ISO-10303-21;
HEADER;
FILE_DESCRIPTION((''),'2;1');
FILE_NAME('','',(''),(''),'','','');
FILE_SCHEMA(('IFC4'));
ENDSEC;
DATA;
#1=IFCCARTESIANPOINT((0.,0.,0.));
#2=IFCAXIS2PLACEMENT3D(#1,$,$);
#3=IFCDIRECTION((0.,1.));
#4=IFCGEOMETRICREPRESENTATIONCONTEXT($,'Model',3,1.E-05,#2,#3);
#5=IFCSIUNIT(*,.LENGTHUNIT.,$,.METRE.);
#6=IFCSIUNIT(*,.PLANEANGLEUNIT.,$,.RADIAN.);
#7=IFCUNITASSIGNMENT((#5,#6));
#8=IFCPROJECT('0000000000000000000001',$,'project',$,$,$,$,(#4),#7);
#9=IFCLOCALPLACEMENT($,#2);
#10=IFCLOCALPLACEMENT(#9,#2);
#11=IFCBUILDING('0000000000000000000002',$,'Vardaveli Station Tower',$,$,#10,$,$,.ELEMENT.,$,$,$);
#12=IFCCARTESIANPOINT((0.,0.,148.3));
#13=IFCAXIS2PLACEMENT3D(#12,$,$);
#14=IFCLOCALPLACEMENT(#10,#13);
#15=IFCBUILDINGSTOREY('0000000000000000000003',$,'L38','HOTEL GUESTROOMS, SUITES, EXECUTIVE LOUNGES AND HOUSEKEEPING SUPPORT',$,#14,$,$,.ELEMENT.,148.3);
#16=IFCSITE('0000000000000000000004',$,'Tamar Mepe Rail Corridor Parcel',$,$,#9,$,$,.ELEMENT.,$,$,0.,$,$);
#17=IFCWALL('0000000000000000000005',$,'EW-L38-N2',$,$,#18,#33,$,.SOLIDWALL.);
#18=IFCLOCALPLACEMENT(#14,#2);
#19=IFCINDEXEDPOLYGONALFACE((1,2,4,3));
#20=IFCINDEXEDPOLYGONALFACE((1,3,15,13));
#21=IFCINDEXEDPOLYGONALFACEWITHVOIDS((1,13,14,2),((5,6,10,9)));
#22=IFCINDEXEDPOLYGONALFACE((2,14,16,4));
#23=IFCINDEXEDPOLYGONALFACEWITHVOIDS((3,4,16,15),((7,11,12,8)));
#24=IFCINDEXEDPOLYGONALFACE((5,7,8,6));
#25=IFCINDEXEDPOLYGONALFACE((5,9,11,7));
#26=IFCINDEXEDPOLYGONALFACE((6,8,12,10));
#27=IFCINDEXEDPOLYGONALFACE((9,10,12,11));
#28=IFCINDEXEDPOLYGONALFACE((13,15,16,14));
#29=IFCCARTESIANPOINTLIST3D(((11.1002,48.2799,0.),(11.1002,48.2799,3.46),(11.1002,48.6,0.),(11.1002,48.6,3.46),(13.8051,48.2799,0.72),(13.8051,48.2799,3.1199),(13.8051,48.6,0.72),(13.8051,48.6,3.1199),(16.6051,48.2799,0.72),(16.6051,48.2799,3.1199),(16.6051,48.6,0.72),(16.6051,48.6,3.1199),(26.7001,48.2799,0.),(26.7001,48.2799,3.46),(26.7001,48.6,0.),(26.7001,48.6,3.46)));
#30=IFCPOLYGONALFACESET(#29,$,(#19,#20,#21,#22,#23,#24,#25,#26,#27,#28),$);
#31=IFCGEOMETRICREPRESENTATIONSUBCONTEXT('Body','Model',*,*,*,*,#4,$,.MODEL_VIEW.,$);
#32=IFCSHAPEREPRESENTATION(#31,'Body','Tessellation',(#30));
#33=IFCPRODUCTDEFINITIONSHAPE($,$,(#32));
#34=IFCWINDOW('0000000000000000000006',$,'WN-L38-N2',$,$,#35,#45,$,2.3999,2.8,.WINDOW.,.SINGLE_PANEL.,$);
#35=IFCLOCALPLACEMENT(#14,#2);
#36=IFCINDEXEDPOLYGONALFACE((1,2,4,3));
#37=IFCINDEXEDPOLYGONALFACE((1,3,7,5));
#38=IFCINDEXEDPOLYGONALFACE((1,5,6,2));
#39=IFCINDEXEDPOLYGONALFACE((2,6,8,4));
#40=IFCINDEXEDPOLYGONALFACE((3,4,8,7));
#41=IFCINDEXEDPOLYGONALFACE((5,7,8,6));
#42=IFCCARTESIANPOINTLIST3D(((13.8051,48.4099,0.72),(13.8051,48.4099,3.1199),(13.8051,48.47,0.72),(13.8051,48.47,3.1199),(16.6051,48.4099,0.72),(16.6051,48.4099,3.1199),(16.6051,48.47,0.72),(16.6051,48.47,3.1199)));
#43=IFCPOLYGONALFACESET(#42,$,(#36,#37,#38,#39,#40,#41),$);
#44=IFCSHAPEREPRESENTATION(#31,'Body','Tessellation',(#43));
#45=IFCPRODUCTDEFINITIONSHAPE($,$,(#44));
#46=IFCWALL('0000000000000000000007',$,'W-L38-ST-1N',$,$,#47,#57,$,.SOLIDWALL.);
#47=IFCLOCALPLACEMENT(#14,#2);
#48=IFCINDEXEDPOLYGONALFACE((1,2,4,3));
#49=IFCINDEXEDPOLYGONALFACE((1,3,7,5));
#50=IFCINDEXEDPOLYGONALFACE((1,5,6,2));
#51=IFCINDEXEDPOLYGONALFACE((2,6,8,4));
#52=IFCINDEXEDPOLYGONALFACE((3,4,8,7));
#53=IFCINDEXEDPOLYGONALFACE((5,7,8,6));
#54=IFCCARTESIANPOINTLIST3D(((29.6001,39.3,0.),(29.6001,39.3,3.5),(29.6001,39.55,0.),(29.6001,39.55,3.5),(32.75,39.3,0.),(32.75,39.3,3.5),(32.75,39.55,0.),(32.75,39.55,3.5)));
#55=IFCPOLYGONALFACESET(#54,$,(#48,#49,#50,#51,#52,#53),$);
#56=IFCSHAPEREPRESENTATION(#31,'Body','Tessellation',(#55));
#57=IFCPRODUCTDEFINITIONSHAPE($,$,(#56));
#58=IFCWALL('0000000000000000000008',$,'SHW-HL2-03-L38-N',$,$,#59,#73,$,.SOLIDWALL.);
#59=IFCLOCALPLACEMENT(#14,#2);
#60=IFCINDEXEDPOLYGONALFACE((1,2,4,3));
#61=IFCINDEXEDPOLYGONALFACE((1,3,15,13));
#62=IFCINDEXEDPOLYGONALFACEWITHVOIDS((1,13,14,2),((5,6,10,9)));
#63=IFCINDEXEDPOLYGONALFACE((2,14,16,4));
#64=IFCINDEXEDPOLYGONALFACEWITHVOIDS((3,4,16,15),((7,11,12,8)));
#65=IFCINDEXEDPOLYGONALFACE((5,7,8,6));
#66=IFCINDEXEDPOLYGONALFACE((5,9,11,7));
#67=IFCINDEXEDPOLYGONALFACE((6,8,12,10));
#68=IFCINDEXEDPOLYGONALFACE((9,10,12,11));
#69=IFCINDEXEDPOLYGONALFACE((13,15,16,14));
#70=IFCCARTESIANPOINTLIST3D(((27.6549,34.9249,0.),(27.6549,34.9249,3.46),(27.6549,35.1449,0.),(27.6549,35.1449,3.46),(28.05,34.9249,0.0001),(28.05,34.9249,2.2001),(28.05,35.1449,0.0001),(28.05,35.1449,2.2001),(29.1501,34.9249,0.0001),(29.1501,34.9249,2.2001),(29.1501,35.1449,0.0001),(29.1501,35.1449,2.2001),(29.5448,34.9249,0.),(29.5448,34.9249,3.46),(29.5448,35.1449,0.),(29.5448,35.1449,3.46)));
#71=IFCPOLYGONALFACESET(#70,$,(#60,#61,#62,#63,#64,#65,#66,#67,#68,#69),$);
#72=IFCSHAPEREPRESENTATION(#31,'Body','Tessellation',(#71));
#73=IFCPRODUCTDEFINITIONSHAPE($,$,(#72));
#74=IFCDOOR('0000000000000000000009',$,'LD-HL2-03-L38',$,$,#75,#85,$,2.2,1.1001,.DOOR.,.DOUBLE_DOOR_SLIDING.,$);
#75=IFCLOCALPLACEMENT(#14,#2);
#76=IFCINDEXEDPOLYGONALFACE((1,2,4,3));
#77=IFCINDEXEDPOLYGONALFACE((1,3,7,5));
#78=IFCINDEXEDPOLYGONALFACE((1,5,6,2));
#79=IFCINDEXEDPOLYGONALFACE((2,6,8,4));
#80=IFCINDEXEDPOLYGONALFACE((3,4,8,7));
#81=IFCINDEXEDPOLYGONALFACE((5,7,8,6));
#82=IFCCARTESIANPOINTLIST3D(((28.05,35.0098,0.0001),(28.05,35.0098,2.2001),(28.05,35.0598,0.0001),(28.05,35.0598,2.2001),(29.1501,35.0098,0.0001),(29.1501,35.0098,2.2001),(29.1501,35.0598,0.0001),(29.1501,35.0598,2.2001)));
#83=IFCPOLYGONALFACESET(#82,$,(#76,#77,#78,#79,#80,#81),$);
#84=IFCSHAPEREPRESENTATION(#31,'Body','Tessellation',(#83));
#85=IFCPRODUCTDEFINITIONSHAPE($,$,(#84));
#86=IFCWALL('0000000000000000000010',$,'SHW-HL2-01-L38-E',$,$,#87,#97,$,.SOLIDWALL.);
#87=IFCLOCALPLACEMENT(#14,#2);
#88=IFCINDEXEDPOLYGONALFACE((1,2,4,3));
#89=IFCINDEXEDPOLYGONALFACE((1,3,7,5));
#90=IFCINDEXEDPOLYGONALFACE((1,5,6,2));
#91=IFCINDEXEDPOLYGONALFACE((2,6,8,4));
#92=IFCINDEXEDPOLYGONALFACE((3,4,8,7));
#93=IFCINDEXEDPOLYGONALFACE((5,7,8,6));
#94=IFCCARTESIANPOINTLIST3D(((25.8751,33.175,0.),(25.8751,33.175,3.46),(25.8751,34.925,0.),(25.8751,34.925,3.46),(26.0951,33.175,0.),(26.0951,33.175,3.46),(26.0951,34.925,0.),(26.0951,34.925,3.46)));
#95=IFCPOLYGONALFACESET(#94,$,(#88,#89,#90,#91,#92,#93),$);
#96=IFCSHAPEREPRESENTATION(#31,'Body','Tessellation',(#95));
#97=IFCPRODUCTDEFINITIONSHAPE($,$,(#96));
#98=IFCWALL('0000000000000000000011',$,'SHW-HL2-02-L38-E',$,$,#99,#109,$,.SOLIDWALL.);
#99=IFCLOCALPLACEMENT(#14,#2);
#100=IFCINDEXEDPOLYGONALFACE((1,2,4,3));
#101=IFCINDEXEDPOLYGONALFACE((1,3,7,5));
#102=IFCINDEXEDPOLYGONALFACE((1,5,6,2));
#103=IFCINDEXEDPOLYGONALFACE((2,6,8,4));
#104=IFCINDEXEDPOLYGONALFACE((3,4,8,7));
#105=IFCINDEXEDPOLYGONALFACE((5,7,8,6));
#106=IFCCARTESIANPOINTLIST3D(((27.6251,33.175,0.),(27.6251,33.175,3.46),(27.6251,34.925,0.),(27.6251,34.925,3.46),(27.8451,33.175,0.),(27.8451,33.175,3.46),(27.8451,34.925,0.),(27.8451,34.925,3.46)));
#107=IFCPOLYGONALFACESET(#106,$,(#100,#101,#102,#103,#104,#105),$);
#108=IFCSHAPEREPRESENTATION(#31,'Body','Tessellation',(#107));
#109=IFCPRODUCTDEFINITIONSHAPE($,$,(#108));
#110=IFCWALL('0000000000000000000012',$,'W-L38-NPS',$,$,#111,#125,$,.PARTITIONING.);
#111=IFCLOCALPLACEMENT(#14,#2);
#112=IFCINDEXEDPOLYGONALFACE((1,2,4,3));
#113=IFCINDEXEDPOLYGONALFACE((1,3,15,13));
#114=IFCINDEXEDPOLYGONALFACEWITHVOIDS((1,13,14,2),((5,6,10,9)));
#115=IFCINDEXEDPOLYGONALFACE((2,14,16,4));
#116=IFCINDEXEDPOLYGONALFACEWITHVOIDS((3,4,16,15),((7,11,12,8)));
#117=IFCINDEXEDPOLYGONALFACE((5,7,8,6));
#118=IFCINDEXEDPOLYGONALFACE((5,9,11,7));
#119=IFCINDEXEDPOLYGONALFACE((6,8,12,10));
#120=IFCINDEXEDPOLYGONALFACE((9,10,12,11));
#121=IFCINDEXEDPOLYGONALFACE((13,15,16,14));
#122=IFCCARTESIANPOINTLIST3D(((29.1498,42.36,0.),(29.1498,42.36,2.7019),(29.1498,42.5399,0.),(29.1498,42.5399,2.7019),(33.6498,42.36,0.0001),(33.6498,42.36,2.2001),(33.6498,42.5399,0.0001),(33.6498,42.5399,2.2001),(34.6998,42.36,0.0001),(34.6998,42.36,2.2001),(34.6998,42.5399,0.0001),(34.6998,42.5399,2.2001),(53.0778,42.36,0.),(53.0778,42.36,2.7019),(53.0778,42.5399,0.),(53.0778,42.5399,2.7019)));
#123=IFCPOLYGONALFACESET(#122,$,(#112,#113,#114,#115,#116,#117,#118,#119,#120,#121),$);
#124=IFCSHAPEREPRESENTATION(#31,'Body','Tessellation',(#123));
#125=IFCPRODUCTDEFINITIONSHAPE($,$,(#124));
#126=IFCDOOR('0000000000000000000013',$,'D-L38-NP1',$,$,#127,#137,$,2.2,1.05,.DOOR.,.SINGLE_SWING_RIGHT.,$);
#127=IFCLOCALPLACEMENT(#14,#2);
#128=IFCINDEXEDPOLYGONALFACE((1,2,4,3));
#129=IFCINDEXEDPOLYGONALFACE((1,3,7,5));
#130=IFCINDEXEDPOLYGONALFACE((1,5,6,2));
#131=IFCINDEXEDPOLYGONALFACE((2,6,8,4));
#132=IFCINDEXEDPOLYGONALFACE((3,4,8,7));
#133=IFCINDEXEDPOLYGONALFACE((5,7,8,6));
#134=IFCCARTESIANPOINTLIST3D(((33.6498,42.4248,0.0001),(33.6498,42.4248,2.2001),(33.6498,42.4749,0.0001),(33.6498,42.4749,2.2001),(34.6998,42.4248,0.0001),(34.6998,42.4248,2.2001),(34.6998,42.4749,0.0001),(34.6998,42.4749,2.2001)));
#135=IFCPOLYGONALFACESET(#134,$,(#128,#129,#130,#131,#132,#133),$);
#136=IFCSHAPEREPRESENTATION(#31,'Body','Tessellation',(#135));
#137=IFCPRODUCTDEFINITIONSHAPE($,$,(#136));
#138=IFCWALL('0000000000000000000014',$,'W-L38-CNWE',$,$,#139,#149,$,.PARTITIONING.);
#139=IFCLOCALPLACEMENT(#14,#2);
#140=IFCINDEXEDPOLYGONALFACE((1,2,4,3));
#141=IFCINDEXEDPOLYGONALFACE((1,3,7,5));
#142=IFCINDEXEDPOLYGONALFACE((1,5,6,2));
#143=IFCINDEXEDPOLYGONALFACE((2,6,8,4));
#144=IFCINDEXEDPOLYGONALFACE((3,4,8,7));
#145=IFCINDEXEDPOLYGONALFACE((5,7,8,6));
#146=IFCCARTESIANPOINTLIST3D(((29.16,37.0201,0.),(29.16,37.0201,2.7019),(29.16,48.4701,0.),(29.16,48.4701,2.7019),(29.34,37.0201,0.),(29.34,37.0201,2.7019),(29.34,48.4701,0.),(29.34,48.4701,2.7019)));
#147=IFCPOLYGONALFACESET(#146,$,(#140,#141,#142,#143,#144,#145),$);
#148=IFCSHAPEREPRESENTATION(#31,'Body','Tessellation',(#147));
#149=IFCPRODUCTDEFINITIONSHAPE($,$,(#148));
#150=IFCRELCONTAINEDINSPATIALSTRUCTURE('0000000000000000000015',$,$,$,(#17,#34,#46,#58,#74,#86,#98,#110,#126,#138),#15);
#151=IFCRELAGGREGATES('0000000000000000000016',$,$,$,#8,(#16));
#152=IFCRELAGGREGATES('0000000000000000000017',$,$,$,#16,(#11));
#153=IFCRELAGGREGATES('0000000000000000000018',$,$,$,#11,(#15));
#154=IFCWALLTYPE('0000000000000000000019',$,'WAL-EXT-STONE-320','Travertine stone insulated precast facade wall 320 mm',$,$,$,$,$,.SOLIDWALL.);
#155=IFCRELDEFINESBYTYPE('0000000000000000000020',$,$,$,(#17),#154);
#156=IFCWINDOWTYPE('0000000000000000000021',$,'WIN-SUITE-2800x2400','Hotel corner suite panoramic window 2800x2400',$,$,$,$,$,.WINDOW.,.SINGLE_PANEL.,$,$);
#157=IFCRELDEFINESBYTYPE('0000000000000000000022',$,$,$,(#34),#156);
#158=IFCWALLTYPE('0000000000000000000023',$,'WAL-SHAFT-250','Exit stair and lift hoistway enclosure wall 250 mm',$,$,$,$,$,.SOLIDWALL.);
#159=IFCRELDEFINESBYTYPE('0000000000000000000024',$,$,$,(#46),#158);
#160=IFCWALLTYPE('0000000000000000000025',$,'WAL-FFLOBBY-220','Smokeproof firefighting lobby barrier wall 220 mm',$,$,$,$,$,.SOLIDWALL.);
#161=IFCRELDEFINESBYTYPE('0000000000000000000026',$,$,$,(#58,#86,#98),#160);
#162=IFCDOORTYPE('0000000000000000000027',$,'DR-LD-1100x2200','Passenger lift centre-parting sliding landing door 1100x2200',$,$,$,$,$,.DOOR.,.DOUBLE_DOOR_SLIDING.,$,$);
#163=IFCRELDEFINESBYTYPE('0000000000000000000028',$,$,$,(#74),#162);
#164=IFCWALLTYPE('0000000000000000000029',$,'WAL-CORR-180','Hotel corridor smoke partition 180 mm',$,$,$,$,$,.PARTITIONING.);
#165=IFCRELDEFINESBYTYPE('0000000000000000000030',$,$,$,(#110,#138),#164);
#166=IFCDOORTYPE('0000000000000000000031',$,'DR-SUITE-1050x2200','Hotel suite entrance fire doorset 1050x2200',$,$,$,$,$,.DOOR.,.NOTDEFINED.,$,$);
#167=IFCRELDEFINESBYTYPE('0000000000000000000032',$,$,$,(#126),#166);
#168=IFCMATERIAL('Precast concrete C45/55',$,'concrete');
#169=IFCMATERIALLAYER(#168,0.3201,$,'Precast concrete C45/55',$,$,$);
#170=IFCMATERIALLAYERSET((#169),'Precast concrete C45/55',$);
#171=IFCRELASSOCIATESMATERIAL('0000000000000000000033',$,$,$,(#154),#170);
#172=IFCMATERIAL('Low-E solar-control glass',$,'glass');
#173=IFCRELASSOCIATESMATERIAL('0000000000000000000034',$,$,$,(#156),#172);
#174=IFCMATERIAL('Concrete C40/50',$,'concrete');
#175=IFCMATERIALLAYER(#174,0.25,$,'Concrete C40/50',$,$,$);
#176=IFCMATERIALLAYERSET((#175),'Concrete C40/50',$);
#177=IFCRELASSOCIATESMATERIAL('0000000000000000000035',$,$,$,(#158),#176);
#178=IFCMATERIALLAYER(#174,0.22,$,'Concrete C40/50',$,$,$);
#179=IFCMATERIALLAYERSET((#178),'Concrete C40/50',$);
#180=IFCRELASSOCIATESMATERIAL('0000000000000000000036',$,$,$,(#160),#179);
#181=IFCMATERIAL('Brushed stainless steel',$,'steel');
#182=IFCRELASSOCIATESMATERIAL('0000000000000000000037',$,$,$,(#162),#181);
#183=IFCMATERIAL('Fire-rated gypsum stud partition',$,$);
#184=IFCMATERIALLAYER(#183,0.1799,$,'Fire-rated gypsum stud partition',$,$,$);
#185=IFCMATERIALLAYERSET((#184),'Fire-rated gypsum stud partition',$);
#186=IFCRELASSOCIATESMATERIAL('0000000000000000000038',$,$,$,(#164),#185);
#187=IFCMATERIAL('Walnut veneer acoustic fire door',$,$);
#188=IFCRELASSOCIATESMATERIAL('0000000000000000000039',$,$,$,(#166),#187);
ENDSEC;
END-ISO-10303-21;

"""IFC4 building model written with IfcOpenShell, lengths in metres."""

from ifc_helpers import new_model, si_unit, direction, frame, frame_2d, origin, place, context, subcontext, project, spatial, rectangle, extrude, source, transform, mapped, material, layer, layer_set, type_object, element, fill, save


model = new_model("IFC4")

# Units and contexts
model_context = context("Model", 3, precision=1e-05, world=origin(), true_north=direction((0.0, 1.0)))
body_context = subcontext(model_context, "Body", "Model", "MODEL_VIEW")
ifc_project = project(units=[si_unit("LENGTHUNIT", "METRE"), si_unit("PLANEANGLEUNIT", "RADIAN")], contexts=[model_context])

# Site, building, storey
site_placement = place(None, origin())
site = spatial("IfcSite", under=ifc_project, at=site_placement, Name="Tamar Mepe Rail Corridor Parcel", CompositionType="ELEMENT", RefElevation=0.0)
building_placement = place(site_placement, origin())
building = spatial("IfcBuilding", under=site, at=building_placement, Name="Vardaveli Station Tower", CompositionType="ELEMENT")
storey_placement = place(building_placement, frame((0.0, 0.0, 148.3)))
storey = spatial("IfcBuildingStorey", under=building, at=storey_placement, Name="L38", Description="HOTEL GUESTROOMS, SUITES, EXECUTIVE LOUNGES AND HOUSEKEEPING SUPPORT", CompositionType="ELEMENT", Elevation=148.3)

# Shared definitions
ifc_material_1 = material(Name="Precast concrete C45/55", Category="concrete")

# Wall, opening, window
ifc_layer_1 = layer(ifc_material_1, 0.3201, Name="Precast concrete C45/55")
ifc_layer_set_1 = layer_set([ifc_layer_1], Name="Precast concrete C45/55")
wall_type_1 = type_object("IfcWallType", Name="WAL-EXT-STONE-320", Description="Travertine stone insulated precast facade wall 320 mm", PredefinedType="SOLIDWALL", material=ifc_layer_set_1)
shared_shape_1 = source(origin(), body_context, "Body", "SweptSolid", [
    extrude(rectangle(XDim=15.5999, YDim=0.3201, at=frame_2d((7.7998, 0.0))), origin(), (0.0, 0.0, 1.0), 3.46),
])
wall_1_placement = place(storey_placement, frame((26.7, 48.4399, 0.0), z_axis=(0.0, 0.0, 1.0), x_axis=(-1.0, 0.0, 0.0)))
wall_1 = element("IfcWall", 1, at=wall_1_placement, inside=storey, type_object=wall_type_1, Name="EW-L38-N2", PredefinedType="SOLIDWALL", context=body_context, shape_type="MappedRepresentation", body=[
    mapped(shared_shape_1, transform((0.0, 0.0, 0.0), scale=1.0)),
])
shared_shape_2 = source(origin(), body_context, "Body", "SweptSolid", [
    extrude(rectangle(XDim=2.8, YDim=2.3999, at=frame_2d((1.3999, 1.2))), frame((0.0, 0.1699, 0.0), z_axis=(0.0, -1.0, 0.0), x_axis=(1.0, 0.0, 0.0)), (0.0, 0.0, 1.0), 0.3401),
])
opening_1_placement = place(wall_1_placement, frame((10.095, 0.0, 0.72)))
opening_1 = element("IfcOpeningElement", 2, at=opening_1_placement, cuts=wall_1, PredefinedType="OPENING", context=body_context, shape_type="MappedRepresentation", body=[
    mapped(shared_shape_2, transform((0.0, 0.0, 0.0), scale=1.0)),
])
ifc_material_2 = material(Name="Low-E solar-control glass", Category="glass")
window_type = type_object("IfcWindowType", Name="WIN-SUITE-2800x2400", Description="Hotel corner suite panoramic window 2800x2400", PartitioningType="SINGLE_PANEL", PredefinedType="WINDOW", material=ifc_material_2)
shared_shape_3 = source(origin(), body_context, "Body", "SweptSolid", [
    extrude(rectangle(XDim=2.8, YDim=2.3999, at=frame_2d((1.3999, 1.2))), frame((0.0, 0.03, 0.0), z_axis=(0.0, -1.0, 0.0), x_axis=(1.0, 0.0, 0.0)), (0.0, 0.0, 1.0), 0.0601),
])
window_placement = place(opening_1_placement, origin())
window = element("IfcWindow", 3, at=window_placement, inside=storey, type_object=window_type, Name="WN-L38-N2", OverallHeight=2.3999, OverallWidth=2.8, PartitioningType="SINGLE_PANEL", PredefinedType="WINDOW", context=body_context, shape_type="MappedRepresentation", body=[
    mapped(shared_shape_3, transform((0.0, 0.0, 0.0), scale=1.0)),
])
fill(opening_1, window)

# Wall
ifc_material_3 = material(Name="Concrete C40/50", Category="concrete")
ifc_layer_2 = layer(ifc_material_3, 0.25, Name="Concrete C40/50")
ifc_layer_set_2 = layer_set([ifc_layer_2], Name="Concrete C40/50")
wall_type_2 = type_object("IfcWallType", Name="WAL-SHAFT-250", Description="Exit stair and lift hoistway enclosure wall 250 mm", PredefinedType="SOLIDWALL", material=ifc_layer_set_2)
shared_shape_4 = source(origin(), body_context, "Body", "SweptSolid", [
    extrude(rectangle(XDim=3.1499, YDim=0.25, at=frame_2d((1.575, 0.0))), origin(), (0.0, 0.0, 1.0), 3.5),
])
wall_2_placement = place(storey_placement, frame((29.6001, 39.425, 0.0), z_axis=(0.0, 0.0, 1.0), x_axis=(1.0, 0.0, 0.0)))
element("IfcWall", 4, at=wall_2_placement, inside=storey, type_object=wall_type_2, Name="W-L38-ST-1N", PredefinedType="SOLIDWALL", context=body_context, shape_type="MappedRepresentation", body=[
    mapped(shared_shape_4, transform((0.0, 0.0, 0.0), scale=1.0)),
])

# Wall, opening, door
ifc_layer_3 = layer(ifc_material_3, 0.22, Name="Concrete C40/50")
ifc_layer_set_3 = layer_set([ifc_layer_3], Name="Concrete C40/50")
wall_type_3 = type_object("IfcWallType", Name="WAL-FFLOBBY-220", Description="Smokeproof firefighting lobby barrier wall 220 mm", PredefinedType="SOLIDWALL", material=ifc_layer_set_3)
shared_shape_5 = source(origin(), body_context, "Body", "SweptSolid", [
    extrude(rectangle(XDim=1.8899, YDim=0.22, at=frame_2d((0.9448, 0.0))), origin(), (0.0, 0.0, 1.0), 3.46),
])
wall_3_placement = place(storey_placement, frame((27.655, 35.0349, 0.0), z_axis=(0.0, 0.0, 1.0), x_axis=(1.0, 0.0, 0.0)))
wall_3 = element("IfcWall", 5, at=wall_3_placement, inside=storey, type_object=wall_type_3, Name="SHW-HL2-03-L38-N", PredefinedType="SOLIDWALL", context=body_context, shape_type="MappedRepresentation", body=[
    mapped(shared_shape_5, transform((0.0, 0.0, 0.0), scale=1.0)),
])
shared_shape_6 = source(origin(), body_context, "Body", "SweptSolid", [
    extrude(rectangle(XDim=1.1001, YDim=2.2, at=frame_2d((0.55, 1.1001))), frame((0.0, 0.1201, 0.0), z_axis=(0.0, -1.0, 0.0), x_axis=(1.0, 0.0, 0.0)), (0.0, 0.0, 1.0), 0.24),
])
opening_2_placement = place(wall_3_placement, frame((0.395, 0.0, 0.0)))
opening_2 = element("IfcOpeningElement", 6, at=opening_2_placement, cuts=wall_3, PredefinedType="OPENING", context=body_context, shape_type="MappedRepresentation", body=[
    mapped(shared_shape_6, transform((0.0, 0.0, 0.0), scale=1.0)),
])
ifc_material_4 = material(Name="Brushed stainless steel", Category="steel")
door_type_1 = type_object("IfcDoorType", Name="DR-LD-1100x2200", Description="Passenger lift centre-parting sliding landing door 1100x2200", OperationType="DOUBLE_DOOR_SLIDING", PredefinedType="DOOR", material=ifc_material_4)
shared_shape_7 = source(origin(), body_context, "Body", "SweptSolid", [
    extrude(rectangle(XDim=1.1001, YDim=2.2, at=frame_2d((0.55, 1.1001))), frame((0.0, 0.0249, 0.0), z_axis=(0.0, -1.0, 0.0), x_axis=(1.0, 0.0, 0.0)), (0.0, 0.0, 1.0), 0.05),
])
door_1_placement = place(opening_2_placement, origin())
door_1 = element("IfcDoor", 7, at=door_1_placement, inside=storey, type_object=door_type_1, Name="LD-HL2-03-L38", OperationType="DOUBLE_DOOR_SLIDING", OverallHeight=2.2, OverallWidth=1.1001, PredefinedType="DOOR", context=body_context, shape_type="MappedRepresentation", body=[
    mapped(shared_shape_7, transform((0.0, 0.0, 0.0), scale=1.0)),
])
fill(opening_2, door_1)

# Walls
shared_shape_8 = source(origin(), body_context, "Body", "SweptSolid", [
    extrude(rectangle(XDim=1.75, YDim=0.22, at=frame_2d((0.875, 0.0))), origin(), (0.0, 0.0, 1.0), 3.46),
])
for number, where, z_axis, x_axis, name in (
    (8, (25.9851, 33.175, 0.0), (0.0, 0.0, 1.0), (0.0, 1.0, 0.0), "SHW-HL2-01-L38-E"),
    (9, (27.7351, 33.175, 0.0), (0.0, 0.0, 1.0), (0.0, 1.0, 0.0), "SHW-HL2-02-L38-E"),
):
    element("IfcWall", number, at=place(storey_placement, frame(where, z_axis=z_axis, x_axis=x_axis)), inside=storey, type_object=wall_type_3, Name=name, PredefinedType="SOLIDWALL", context=body_context, shape_type="MappedRepresentation", body=[
        mapped(shared_shape_8, transform((0.0, 0.0, 0.0), scale=1.0)),
    ])

# Wall, opening, door
ifc_material_5 = material(Name="Fire-rated gypsum stud partition")
ifc_layer_4 = layer(ifc_material_5, 0.1799, Name="Fire-rated gypsum stud partition")
ifc_layer_set_4 = layer_set([ifc_layer_4], Name="Fire-rated gypsum stud partition")
wall_type_4 = type_object("IfcWallType", Name="WAL-CORR-180", Description="Hotel corridor smoke partition 180 mm", PredefinedType="PARTITIONING", material=ifc_layer_set_4)
shared_shape_9 = source(origin(), body_context, "Body", "SweptSolid", [
    extrude(rectangle(XDim=23.928, YDim=0.1799, at=frame_2d((11.9639, 0.0))), origin(), (0.0, 0.0, 1.0), 2.7019),
])
wall_4_placement = place(storey_placement, frame((29.1499, 42.45, 0.0), z_axis=(0.0, 0.0, 1.0), x_axis=(1.0, 0.0, 0.0)))
wall_4 = element("IfcWall", 10, at=wall_4_placement, inside=storey, type_object=wall_type_4, Name="W-L38-NPS", PredefinedType="PARTITIONING", context=body_context, shape_type="MappedRepresentation", body=[
    mapped(shared_shape_9, transform((0.0, 0.0, 0.0), scale=1.0)),
])
shared_shape_10 = source(origin(), body_context, "Body", "SweptSolid", [
    extrude(rectangle(XDim=1.05, YDim=2.2, at=frame_2d((0.5249, 1.1001))), frame((0.0, 0.1001, 0.0), z_axis=(0.0, -1.0, 0.0), x_axis=(1.0, 0.0, 0.0)), (0.0, 0.0, 1.0), 0.2),
])
opening_3_placement = place(wall_4_placement, frame((4.5, 0.0, 0.0)))
opening_3 = element("IfcOpeningElement", 11, at=opening_3_placement, cuts=wall_4, PredefinedType="OPENING", context=body_context, shape_type="MappedRepresentation", body=[
    mapped(shared_shape_10, transform((0.0, 0.0, 0.0), scale=1.0)),
])
ifc_material_6 = material(Name="Walnut veneer acoustic fire door")
door_type_2 = type_object("IfcDoorType", Name="DR-SUITE-1050x2200", Description="Hotel suite entrance fire doorset 1050x2200", OperationType="NOTDEFINED", PredefinedType="DOOR", material=ifc_material_6)
shared_shape_11 = source(origin(), body_context, "Body", "SweptSolid", [
    extrude(rectangle(XDim=1.05, YDim=2.2, at=frame_2d((0.5249, 1.1001))), frame((0.0, 0.0249, 0.0), z_axis=(0.0, -1.0, 0.0), x_axis=(1.0, 0.0, 0.0)), (0.0, 0.0, 1.0), 0.05),
])
door_2_placement = place(opening_3_placement, origin())
door_2 = element("IfcDoor", 12, at=door_2_placement, inside=storey, type_object=door_type_2, Name="D-L38-NP1", OperationType="SINGLE_SWING_RIGHT", OverallHeight=2.2, OverallWidth=1.05, PredefinedType="DOOR", context=body_context, shape_type="MappedRepresentation", body=[
    mapped(shared_shape_11, transform((0.0, 0.0, 0.0), scale=1.0)),
])
fill(opening_3, door_2)

# Wall
shared_shape_12 = source(origin(), body_context, "Body", "SweptSolid", [
    extrude(rectangle(XDim=11.45, YDim=0.1799, at=frame_2d((5.7251, 0.0))), origin(), (0.0, 0.0, 1.0), 2.7019),
])
wall_5_placement = place(storey_placement, frame((29.25, 37.02, 0.0), z_axis=(0.0, 0.0, 1.0), x_axis=(0.0, 1.0, 0.0)))
element("IfcWall", 13, at=wall_5_placement, inside=storey, type_object=wall_type_4, Name="W-L38-CNWE", PredefinedType="PARTITIONING", context=body_context, shape_type="MappedRepresentation", body=[
    mapped(shared_shape_12, transform((0.0, 0.0, 0.0), scale=1.0)),
])

save(model, "model.ifc")
